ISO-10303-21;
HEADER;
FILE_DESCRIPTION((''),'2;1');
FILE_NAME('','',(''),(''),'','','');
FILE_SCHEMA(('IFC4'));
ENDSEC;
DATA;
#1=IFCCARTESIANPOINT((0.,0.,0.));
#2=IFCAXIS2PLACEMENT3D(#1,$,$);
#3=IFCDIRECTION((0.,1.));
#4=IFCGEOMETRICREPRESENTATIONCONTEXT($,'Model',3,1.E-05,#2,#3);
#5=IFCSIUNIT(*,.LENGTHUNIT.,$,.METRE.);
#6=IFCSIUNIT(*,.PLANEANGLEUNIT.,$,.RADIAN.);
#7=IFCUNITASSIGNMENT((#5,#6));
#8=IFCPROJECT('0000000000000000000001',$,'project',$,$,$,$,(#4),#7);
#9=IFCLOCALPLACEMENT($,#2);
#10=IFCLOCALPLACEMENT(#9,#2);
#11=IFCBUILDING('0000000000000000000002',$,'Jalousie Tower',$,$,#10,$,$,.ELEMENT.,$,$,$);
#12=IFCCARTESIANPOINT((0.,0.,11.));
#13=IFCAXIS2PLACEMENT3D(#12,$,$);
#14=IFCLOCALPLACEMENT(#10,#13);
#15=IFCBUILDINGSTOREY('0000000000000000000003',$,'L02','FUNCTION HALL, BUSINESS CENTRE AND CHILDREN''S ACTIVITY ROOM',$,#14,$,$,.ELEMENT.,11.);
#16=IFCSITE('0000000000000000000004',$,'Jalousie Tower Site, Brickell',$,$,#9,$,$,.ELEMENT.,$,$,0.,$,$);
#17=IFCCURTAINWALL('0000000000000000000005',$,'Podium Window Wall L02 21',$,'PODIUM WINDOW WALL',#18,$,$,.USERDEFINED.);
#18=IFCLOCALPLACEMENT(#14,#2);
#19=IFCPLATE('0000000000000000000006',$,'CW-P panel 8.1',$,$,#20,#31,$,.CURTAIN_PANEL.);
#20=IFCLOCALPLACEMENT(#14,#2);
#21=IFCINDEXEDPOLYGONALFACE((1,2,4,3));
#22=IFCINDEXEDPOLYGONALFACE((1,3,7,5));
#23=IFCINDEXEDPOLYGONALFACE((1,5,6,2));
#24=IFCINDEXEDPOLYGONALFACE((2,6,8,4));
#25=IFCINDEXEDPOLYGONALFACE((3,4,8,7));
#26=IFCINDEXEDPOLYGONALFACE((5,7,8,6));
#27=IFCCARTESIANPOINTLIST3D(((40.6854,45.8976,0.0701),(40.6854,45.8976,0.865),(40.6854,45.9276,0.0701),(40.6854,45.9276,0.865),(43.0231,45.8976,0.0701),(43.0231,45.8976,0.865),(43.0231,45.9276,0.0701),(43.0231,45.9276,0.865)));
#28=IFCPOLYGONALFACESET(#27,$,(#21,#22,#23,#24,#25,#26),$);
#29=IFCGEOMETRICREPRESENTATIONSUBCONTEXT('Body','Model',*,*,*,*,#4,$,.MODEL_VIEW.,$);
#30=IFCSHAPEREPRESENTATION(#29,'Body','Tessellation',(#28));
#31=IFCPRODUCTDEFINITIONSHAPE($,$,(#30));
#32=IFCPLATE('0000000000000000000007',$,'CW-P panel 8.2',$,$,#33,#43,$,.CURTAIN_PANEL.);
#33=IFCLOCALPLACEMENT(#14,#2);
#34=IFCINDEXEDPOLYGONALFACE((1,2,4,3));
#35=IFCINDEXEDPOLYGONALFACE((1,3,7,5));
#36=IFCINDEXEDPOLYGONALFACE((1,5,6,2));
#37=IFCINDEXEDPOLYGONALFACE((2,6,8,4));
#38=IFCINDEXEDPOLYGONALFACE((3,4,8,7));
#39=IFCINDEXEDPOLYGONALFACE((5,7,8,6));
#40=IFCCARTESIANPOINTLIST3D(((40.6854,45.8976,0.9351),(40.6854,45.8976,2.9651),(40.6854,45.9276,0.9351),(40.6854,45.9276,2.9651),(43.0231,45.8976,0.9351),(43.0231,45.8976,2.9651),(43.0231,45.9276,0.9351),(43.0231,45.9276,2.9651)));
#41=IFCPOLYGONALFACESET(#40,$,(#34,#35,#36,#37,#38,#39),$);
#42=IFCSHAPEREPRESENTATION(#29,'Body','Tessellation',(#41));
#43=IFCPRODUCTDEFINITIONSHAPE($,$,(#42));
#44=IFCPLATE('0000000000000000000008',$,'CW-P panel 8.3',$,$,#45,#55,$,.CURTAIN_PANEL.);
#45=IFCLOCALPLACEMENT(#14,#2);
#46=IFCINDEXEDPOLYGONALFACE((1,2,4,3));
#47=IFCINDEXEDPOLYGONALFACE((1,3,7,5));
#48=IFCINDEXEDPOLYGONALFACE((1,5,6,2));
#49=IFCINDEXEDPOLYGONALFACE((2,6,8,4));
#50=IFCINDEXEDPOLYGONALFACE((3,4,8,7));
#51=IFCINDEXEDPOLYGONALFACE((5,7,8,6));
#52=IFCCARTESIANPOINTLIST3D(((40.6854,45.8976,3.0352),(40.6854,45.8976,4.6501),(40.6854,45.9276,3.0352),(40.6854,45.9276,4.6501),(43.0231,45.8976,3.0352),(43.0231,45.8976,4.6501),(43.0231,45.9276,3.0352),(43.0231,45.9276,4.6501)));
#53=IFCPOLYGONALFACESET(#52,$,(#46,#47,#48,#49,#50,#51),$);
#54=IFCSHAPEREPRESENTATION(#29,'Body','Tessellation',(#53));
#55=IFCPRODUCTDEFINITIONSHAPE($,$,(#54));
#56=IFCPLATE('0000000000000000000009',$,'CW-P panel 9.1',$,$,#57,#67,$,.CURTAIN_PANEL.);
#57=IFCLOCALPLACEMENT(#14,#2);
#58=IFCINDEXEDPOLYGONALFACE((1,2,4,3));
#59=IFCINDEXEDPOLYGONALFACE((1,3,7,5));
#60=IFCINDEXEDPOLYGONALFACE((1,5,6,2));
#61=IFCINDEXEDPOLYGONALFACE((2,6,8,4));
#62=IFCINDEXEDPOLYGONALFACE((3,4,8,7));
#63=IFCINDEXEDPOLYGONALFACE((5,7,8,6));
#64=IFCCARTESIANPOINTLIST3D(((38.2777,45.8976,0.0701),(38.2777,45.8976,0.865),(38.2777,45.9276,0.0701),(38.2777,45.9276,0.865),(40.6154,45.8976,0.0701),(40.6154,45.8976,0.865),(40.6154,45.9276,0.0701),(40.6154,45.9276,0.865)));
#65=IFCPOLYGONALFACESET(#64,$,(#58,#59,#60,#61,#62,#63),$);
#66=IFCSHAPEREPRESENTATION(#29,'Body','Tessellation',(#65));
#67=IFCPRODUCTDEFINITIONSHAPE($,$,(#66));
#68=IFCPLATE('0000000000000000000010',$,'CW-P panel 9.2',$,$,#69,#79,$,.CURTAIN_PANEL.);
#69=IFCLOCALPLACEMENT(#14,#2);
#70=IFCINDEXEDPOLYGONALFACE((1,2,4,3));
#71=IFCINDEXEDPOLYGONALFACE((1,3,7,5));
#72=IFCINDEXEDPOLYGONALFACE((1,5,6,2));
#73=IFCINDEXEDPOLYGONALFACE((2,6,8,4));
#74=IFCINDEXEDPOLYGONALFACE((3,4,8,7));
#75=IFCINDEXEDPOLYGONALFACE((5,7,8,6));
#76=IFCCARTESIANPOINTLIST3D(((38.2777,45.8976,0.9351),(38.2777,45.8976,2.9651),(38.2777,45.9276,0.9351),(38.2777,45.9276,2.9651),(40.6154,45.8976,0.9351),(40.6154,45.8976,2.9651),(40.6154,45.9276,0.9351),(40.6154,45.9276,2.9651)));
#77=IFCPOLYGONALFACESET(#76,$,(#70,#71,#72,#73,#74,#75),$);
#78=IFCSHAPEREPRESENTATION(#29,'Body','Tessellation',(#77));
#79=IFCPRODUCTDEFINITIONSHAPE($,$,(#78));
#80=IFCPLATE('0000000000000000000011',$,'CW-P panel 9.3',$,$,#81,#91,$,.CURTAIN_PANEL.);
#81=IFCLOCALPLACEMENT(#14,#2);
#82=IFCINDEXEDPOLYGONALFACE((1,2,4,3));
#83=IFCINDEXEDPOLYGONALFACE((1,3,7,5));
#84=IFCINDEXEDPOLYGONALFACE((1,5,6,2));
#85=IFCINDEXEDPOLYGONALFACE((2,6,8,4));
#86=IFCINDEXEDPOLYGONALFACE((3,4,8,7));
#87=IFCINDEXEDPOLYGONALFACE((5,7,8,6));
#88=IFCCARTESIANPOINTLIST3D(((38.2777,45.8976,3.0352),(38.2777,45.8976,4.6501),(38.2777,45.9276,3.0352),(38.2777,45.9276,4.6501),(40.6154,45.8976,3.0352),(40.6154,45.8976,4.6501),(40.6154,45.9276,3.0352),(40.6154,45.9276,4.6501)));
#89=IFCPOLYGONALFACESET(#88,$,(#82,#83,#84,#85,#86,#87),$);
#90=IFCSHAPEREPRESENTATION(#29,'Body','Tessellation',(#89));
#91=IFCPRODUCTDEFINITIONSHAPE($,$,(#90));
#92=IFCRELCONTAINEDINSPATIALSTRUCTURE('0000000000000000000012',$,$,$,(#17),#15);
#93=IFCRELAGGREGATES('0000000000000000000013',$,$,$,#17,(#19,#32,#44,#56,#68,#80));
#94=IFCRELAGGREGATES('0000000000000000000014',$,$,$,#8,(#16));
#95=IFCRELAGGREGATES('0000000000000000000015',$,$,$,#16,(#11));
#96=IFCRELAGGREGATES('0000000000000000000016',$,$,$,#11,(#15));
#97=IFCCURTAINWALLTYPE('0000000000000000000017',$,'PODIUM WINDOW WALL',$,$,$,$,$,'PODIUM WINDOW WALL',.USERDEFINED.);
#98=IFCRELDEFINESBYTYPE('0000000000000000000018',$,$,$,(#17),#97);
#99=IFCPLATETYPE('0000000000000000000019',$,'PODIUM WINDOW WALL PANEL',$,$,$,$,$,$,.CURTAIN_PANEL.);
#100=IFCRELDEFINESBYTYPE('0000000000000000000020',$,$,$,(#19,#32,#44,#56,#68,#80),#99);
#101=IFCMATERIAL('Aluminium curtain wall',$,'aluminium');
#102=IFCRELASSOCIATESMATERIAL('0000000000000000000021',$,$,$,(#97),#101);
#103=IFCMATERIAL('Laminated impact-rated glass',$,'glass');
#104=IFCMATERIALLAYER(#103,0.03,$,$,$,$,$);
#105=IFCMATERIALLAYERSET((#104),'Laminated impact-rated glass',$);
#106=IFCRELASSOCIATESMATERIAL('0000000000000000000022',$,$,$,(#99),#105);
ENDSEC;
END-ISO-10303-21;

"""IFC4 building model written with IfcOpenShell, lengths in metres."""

from ifc_helpers import new_model, si_unit, direction, frame, origin, origin_2d, place, context, subcontext, project, spatial, rectangle, extrude, material, layer, layer_set, type_object, element, aggregate, save


model = new_model("IFC4")

# Units and contexts
model_context = context("Model", 3, precision=1e-05, world=origin(), true_north=direction((0.0, 1.0)))
body_context = subcontext(model_context, "Body", "Model", "MODEL_VIEW")
ifc_project = project(units=[si_unit("LENGTHUNIT", "METRE"), si_unit("PLANEANGLEUNIT", "RADIAN")], contexts=[model_context])

# Site, building, storey
site_placement = place(None, origin())
site = spatial("IfcSite", under=ifc_project, at=site_placement, Name="Jalousie Tower Site, Brickell", CompositionType="ELEMENT", RefElevation=0.0)
building_placement = place(site_placement, origin())
building = spatial("IfcBuilding", under=site, at=building_placement, Name="Jalousie Tower", CompositionType="ELEMENT")
storey_placement = place(building_placement, frame((0.0, 0.0, 11.0)))
storey = spatial("IfcBuildingStorey", under=building, at=storey_placement, Name="L02", Description="FUNCTION HALL, BUSINESS CENTRE AND CHILDREN'S ACTIVITY ROOM", CompositionType="ELEMENT", Elevation=11.0)

# Curtain wall, plates
ifc_material_1 = material(Name="Aluminium curtain wall", Category="aluminium")
curtain_wall_type = type_object("IfcCurtainWallType", Name="PODIUM WINDOW WALL", ElementType="PODIUM WINDOW WALL", PredefinedType="USERDEFINED", material=ifc_material_1)
curtain_wall_placement = place(storey_placement, origin())
curtain_wall = element("IfcCurtainWall", 1, at=curtain_wall_placement, inside=storey, type_object=curtain_wall_type, Name="Podium Window Wall L02 21", ObjectType="PODIUM WINDOW WALL", PredefinedType="USERDEFINED")
ifc_material_2 = material(Name="Laminated impact-rated glass", Category="glass")
ifc_layer = layer(ifc_material_2, 0.03)
ifc_layer_set = layer_set([ifc_layer], Name="Laminated impact-rated glass")
plate_type = type_object("IfcPlateType", Name="PODIUM WINDOW WALL PANEL", PredefinedType="CURTAIN_PANEL", material=ifc_layer_set)
plate_1_placement = place(storey_placement, frame((41.8542, 45.9126, 0.0701), z_axis=(0.0, 0.0, 1.0), x_axis=(-1.0, 0.0, 0.0)))
plate_1 = element("IfcPlate", 2, at=plate_1_placement, type_object=plate_type, Name="CW-P panel 8.1", PredefinedType="CURTAIN_PANEL", context=body_context, shape_type="SweptSolid", body=[
    extrude(rectangle(XDim=2.3376, YDim=0.03, at=origin_2d()), origin(), (0.0, 0.0, 1.0), 0.7949),
])
plate_2_placement = place(storey_placement, frame((41.8542, 45.9126, 0.9351), z_axis=(0.0, 0.0, 1.0), x_axis=(-1.0, 0.0, 0.0)))
plate_2 = element("IfcPlate", 3, at=plate_2_placement, type_object=plate_type, Name="CW-P panel 8.2", PredefinedType="CURTAIN_PANEL", context=body_context, shape_type="SweptSolid", body=[
    extrude(rectangle(XDim=2.3376, YDim=0.03, at=origin_2d()), origin(), (0.0, 0.0, 1.0), 2.03),
])
plate_3_placement = place(storey_placement, frame((41.8542, 45.9126, 3.0352), z_axis=(0.0, 0.0, 1.0), x_axis=(-1.0, 0.0, 0.0)))
plate_3 = element("IfcPlate", 4, at=plate_3_placement, type_object=plate_type, Name="CW-P panel 8.3", PredefinedType="CURTAIN_PANEL", context=body_context, shape_type="SweptSolid", body=[
    extrude(rectangle(XDim=2.3376, YDim=0.03, at=origin_2d()), origin(), (0.0, 0.0, 1.0), 1.615),
])
plate_4_placement = place(storey_placement, frame((39.4465, 45.9126, 0.0701), z_axis=(0.0, 0.0, 1.0), x_axis=(-1.0, 0.0, 0.0)))
plate_4 = element("IfcPlate", 5, at=plate_4_placement, type_object=plate_type, Name="CW-P panel 9.1", PredefinedType="CURTAIN_PANEL", context=body_context, shape_type="SweptSolid", body=[
    extrude(rectangle(XDim=2.3376, YDim=0.03, at=origin_2d()), origin(), (0.0, 0.0, 1.0), 0.7949),
])
plate_5_placement = place(storey_placement, frame((39.4465, 45.9126, 0.9351), z_axis=(0.0, 0.0, 1.0), x_axis=(-1.0, 0.0, 0.0)))
plate_5 = element("IfcPlate", 6, at=plate_5_placement, type_object=plate_type, Name="CW-P panel 9.2", PredefinedType="CURTAIN_PANEL", context=body_context, shape_type="SweptSolid", body=[
    extrude(rectangle(XDim=2.3376, YDim=0.03, at=origin_2d()), origin(), (0.0, 0.0, 1.0), 2.03),
])
plate_6_placement = place(storey_placement, frame((39.4465, 45.9126, 3.0352), z_axis=(0.0, 0.0, 1.0), x_axis=(-1.0, 0.0, 0.0)))
plate_6 = element("IfcPlate", 7, at=plate_6_placement, type_object=plate_type, Name="CW-P panel 9.3", PredefinedType="CURTAIN_PANEL", context=body_context, shape_type="SweptSolid", body=[
    extrude(rectangle(XDim=2.3376, YDim=0.03, at=origin_2d()), origin(), (0.0, 0.0, 1.0), 1.615),
])
aggregate(curtain_wall, [plate_1, plate_2, plate_3, plate_4, plate_5, plate_6])

save(model, "model.ifc")
